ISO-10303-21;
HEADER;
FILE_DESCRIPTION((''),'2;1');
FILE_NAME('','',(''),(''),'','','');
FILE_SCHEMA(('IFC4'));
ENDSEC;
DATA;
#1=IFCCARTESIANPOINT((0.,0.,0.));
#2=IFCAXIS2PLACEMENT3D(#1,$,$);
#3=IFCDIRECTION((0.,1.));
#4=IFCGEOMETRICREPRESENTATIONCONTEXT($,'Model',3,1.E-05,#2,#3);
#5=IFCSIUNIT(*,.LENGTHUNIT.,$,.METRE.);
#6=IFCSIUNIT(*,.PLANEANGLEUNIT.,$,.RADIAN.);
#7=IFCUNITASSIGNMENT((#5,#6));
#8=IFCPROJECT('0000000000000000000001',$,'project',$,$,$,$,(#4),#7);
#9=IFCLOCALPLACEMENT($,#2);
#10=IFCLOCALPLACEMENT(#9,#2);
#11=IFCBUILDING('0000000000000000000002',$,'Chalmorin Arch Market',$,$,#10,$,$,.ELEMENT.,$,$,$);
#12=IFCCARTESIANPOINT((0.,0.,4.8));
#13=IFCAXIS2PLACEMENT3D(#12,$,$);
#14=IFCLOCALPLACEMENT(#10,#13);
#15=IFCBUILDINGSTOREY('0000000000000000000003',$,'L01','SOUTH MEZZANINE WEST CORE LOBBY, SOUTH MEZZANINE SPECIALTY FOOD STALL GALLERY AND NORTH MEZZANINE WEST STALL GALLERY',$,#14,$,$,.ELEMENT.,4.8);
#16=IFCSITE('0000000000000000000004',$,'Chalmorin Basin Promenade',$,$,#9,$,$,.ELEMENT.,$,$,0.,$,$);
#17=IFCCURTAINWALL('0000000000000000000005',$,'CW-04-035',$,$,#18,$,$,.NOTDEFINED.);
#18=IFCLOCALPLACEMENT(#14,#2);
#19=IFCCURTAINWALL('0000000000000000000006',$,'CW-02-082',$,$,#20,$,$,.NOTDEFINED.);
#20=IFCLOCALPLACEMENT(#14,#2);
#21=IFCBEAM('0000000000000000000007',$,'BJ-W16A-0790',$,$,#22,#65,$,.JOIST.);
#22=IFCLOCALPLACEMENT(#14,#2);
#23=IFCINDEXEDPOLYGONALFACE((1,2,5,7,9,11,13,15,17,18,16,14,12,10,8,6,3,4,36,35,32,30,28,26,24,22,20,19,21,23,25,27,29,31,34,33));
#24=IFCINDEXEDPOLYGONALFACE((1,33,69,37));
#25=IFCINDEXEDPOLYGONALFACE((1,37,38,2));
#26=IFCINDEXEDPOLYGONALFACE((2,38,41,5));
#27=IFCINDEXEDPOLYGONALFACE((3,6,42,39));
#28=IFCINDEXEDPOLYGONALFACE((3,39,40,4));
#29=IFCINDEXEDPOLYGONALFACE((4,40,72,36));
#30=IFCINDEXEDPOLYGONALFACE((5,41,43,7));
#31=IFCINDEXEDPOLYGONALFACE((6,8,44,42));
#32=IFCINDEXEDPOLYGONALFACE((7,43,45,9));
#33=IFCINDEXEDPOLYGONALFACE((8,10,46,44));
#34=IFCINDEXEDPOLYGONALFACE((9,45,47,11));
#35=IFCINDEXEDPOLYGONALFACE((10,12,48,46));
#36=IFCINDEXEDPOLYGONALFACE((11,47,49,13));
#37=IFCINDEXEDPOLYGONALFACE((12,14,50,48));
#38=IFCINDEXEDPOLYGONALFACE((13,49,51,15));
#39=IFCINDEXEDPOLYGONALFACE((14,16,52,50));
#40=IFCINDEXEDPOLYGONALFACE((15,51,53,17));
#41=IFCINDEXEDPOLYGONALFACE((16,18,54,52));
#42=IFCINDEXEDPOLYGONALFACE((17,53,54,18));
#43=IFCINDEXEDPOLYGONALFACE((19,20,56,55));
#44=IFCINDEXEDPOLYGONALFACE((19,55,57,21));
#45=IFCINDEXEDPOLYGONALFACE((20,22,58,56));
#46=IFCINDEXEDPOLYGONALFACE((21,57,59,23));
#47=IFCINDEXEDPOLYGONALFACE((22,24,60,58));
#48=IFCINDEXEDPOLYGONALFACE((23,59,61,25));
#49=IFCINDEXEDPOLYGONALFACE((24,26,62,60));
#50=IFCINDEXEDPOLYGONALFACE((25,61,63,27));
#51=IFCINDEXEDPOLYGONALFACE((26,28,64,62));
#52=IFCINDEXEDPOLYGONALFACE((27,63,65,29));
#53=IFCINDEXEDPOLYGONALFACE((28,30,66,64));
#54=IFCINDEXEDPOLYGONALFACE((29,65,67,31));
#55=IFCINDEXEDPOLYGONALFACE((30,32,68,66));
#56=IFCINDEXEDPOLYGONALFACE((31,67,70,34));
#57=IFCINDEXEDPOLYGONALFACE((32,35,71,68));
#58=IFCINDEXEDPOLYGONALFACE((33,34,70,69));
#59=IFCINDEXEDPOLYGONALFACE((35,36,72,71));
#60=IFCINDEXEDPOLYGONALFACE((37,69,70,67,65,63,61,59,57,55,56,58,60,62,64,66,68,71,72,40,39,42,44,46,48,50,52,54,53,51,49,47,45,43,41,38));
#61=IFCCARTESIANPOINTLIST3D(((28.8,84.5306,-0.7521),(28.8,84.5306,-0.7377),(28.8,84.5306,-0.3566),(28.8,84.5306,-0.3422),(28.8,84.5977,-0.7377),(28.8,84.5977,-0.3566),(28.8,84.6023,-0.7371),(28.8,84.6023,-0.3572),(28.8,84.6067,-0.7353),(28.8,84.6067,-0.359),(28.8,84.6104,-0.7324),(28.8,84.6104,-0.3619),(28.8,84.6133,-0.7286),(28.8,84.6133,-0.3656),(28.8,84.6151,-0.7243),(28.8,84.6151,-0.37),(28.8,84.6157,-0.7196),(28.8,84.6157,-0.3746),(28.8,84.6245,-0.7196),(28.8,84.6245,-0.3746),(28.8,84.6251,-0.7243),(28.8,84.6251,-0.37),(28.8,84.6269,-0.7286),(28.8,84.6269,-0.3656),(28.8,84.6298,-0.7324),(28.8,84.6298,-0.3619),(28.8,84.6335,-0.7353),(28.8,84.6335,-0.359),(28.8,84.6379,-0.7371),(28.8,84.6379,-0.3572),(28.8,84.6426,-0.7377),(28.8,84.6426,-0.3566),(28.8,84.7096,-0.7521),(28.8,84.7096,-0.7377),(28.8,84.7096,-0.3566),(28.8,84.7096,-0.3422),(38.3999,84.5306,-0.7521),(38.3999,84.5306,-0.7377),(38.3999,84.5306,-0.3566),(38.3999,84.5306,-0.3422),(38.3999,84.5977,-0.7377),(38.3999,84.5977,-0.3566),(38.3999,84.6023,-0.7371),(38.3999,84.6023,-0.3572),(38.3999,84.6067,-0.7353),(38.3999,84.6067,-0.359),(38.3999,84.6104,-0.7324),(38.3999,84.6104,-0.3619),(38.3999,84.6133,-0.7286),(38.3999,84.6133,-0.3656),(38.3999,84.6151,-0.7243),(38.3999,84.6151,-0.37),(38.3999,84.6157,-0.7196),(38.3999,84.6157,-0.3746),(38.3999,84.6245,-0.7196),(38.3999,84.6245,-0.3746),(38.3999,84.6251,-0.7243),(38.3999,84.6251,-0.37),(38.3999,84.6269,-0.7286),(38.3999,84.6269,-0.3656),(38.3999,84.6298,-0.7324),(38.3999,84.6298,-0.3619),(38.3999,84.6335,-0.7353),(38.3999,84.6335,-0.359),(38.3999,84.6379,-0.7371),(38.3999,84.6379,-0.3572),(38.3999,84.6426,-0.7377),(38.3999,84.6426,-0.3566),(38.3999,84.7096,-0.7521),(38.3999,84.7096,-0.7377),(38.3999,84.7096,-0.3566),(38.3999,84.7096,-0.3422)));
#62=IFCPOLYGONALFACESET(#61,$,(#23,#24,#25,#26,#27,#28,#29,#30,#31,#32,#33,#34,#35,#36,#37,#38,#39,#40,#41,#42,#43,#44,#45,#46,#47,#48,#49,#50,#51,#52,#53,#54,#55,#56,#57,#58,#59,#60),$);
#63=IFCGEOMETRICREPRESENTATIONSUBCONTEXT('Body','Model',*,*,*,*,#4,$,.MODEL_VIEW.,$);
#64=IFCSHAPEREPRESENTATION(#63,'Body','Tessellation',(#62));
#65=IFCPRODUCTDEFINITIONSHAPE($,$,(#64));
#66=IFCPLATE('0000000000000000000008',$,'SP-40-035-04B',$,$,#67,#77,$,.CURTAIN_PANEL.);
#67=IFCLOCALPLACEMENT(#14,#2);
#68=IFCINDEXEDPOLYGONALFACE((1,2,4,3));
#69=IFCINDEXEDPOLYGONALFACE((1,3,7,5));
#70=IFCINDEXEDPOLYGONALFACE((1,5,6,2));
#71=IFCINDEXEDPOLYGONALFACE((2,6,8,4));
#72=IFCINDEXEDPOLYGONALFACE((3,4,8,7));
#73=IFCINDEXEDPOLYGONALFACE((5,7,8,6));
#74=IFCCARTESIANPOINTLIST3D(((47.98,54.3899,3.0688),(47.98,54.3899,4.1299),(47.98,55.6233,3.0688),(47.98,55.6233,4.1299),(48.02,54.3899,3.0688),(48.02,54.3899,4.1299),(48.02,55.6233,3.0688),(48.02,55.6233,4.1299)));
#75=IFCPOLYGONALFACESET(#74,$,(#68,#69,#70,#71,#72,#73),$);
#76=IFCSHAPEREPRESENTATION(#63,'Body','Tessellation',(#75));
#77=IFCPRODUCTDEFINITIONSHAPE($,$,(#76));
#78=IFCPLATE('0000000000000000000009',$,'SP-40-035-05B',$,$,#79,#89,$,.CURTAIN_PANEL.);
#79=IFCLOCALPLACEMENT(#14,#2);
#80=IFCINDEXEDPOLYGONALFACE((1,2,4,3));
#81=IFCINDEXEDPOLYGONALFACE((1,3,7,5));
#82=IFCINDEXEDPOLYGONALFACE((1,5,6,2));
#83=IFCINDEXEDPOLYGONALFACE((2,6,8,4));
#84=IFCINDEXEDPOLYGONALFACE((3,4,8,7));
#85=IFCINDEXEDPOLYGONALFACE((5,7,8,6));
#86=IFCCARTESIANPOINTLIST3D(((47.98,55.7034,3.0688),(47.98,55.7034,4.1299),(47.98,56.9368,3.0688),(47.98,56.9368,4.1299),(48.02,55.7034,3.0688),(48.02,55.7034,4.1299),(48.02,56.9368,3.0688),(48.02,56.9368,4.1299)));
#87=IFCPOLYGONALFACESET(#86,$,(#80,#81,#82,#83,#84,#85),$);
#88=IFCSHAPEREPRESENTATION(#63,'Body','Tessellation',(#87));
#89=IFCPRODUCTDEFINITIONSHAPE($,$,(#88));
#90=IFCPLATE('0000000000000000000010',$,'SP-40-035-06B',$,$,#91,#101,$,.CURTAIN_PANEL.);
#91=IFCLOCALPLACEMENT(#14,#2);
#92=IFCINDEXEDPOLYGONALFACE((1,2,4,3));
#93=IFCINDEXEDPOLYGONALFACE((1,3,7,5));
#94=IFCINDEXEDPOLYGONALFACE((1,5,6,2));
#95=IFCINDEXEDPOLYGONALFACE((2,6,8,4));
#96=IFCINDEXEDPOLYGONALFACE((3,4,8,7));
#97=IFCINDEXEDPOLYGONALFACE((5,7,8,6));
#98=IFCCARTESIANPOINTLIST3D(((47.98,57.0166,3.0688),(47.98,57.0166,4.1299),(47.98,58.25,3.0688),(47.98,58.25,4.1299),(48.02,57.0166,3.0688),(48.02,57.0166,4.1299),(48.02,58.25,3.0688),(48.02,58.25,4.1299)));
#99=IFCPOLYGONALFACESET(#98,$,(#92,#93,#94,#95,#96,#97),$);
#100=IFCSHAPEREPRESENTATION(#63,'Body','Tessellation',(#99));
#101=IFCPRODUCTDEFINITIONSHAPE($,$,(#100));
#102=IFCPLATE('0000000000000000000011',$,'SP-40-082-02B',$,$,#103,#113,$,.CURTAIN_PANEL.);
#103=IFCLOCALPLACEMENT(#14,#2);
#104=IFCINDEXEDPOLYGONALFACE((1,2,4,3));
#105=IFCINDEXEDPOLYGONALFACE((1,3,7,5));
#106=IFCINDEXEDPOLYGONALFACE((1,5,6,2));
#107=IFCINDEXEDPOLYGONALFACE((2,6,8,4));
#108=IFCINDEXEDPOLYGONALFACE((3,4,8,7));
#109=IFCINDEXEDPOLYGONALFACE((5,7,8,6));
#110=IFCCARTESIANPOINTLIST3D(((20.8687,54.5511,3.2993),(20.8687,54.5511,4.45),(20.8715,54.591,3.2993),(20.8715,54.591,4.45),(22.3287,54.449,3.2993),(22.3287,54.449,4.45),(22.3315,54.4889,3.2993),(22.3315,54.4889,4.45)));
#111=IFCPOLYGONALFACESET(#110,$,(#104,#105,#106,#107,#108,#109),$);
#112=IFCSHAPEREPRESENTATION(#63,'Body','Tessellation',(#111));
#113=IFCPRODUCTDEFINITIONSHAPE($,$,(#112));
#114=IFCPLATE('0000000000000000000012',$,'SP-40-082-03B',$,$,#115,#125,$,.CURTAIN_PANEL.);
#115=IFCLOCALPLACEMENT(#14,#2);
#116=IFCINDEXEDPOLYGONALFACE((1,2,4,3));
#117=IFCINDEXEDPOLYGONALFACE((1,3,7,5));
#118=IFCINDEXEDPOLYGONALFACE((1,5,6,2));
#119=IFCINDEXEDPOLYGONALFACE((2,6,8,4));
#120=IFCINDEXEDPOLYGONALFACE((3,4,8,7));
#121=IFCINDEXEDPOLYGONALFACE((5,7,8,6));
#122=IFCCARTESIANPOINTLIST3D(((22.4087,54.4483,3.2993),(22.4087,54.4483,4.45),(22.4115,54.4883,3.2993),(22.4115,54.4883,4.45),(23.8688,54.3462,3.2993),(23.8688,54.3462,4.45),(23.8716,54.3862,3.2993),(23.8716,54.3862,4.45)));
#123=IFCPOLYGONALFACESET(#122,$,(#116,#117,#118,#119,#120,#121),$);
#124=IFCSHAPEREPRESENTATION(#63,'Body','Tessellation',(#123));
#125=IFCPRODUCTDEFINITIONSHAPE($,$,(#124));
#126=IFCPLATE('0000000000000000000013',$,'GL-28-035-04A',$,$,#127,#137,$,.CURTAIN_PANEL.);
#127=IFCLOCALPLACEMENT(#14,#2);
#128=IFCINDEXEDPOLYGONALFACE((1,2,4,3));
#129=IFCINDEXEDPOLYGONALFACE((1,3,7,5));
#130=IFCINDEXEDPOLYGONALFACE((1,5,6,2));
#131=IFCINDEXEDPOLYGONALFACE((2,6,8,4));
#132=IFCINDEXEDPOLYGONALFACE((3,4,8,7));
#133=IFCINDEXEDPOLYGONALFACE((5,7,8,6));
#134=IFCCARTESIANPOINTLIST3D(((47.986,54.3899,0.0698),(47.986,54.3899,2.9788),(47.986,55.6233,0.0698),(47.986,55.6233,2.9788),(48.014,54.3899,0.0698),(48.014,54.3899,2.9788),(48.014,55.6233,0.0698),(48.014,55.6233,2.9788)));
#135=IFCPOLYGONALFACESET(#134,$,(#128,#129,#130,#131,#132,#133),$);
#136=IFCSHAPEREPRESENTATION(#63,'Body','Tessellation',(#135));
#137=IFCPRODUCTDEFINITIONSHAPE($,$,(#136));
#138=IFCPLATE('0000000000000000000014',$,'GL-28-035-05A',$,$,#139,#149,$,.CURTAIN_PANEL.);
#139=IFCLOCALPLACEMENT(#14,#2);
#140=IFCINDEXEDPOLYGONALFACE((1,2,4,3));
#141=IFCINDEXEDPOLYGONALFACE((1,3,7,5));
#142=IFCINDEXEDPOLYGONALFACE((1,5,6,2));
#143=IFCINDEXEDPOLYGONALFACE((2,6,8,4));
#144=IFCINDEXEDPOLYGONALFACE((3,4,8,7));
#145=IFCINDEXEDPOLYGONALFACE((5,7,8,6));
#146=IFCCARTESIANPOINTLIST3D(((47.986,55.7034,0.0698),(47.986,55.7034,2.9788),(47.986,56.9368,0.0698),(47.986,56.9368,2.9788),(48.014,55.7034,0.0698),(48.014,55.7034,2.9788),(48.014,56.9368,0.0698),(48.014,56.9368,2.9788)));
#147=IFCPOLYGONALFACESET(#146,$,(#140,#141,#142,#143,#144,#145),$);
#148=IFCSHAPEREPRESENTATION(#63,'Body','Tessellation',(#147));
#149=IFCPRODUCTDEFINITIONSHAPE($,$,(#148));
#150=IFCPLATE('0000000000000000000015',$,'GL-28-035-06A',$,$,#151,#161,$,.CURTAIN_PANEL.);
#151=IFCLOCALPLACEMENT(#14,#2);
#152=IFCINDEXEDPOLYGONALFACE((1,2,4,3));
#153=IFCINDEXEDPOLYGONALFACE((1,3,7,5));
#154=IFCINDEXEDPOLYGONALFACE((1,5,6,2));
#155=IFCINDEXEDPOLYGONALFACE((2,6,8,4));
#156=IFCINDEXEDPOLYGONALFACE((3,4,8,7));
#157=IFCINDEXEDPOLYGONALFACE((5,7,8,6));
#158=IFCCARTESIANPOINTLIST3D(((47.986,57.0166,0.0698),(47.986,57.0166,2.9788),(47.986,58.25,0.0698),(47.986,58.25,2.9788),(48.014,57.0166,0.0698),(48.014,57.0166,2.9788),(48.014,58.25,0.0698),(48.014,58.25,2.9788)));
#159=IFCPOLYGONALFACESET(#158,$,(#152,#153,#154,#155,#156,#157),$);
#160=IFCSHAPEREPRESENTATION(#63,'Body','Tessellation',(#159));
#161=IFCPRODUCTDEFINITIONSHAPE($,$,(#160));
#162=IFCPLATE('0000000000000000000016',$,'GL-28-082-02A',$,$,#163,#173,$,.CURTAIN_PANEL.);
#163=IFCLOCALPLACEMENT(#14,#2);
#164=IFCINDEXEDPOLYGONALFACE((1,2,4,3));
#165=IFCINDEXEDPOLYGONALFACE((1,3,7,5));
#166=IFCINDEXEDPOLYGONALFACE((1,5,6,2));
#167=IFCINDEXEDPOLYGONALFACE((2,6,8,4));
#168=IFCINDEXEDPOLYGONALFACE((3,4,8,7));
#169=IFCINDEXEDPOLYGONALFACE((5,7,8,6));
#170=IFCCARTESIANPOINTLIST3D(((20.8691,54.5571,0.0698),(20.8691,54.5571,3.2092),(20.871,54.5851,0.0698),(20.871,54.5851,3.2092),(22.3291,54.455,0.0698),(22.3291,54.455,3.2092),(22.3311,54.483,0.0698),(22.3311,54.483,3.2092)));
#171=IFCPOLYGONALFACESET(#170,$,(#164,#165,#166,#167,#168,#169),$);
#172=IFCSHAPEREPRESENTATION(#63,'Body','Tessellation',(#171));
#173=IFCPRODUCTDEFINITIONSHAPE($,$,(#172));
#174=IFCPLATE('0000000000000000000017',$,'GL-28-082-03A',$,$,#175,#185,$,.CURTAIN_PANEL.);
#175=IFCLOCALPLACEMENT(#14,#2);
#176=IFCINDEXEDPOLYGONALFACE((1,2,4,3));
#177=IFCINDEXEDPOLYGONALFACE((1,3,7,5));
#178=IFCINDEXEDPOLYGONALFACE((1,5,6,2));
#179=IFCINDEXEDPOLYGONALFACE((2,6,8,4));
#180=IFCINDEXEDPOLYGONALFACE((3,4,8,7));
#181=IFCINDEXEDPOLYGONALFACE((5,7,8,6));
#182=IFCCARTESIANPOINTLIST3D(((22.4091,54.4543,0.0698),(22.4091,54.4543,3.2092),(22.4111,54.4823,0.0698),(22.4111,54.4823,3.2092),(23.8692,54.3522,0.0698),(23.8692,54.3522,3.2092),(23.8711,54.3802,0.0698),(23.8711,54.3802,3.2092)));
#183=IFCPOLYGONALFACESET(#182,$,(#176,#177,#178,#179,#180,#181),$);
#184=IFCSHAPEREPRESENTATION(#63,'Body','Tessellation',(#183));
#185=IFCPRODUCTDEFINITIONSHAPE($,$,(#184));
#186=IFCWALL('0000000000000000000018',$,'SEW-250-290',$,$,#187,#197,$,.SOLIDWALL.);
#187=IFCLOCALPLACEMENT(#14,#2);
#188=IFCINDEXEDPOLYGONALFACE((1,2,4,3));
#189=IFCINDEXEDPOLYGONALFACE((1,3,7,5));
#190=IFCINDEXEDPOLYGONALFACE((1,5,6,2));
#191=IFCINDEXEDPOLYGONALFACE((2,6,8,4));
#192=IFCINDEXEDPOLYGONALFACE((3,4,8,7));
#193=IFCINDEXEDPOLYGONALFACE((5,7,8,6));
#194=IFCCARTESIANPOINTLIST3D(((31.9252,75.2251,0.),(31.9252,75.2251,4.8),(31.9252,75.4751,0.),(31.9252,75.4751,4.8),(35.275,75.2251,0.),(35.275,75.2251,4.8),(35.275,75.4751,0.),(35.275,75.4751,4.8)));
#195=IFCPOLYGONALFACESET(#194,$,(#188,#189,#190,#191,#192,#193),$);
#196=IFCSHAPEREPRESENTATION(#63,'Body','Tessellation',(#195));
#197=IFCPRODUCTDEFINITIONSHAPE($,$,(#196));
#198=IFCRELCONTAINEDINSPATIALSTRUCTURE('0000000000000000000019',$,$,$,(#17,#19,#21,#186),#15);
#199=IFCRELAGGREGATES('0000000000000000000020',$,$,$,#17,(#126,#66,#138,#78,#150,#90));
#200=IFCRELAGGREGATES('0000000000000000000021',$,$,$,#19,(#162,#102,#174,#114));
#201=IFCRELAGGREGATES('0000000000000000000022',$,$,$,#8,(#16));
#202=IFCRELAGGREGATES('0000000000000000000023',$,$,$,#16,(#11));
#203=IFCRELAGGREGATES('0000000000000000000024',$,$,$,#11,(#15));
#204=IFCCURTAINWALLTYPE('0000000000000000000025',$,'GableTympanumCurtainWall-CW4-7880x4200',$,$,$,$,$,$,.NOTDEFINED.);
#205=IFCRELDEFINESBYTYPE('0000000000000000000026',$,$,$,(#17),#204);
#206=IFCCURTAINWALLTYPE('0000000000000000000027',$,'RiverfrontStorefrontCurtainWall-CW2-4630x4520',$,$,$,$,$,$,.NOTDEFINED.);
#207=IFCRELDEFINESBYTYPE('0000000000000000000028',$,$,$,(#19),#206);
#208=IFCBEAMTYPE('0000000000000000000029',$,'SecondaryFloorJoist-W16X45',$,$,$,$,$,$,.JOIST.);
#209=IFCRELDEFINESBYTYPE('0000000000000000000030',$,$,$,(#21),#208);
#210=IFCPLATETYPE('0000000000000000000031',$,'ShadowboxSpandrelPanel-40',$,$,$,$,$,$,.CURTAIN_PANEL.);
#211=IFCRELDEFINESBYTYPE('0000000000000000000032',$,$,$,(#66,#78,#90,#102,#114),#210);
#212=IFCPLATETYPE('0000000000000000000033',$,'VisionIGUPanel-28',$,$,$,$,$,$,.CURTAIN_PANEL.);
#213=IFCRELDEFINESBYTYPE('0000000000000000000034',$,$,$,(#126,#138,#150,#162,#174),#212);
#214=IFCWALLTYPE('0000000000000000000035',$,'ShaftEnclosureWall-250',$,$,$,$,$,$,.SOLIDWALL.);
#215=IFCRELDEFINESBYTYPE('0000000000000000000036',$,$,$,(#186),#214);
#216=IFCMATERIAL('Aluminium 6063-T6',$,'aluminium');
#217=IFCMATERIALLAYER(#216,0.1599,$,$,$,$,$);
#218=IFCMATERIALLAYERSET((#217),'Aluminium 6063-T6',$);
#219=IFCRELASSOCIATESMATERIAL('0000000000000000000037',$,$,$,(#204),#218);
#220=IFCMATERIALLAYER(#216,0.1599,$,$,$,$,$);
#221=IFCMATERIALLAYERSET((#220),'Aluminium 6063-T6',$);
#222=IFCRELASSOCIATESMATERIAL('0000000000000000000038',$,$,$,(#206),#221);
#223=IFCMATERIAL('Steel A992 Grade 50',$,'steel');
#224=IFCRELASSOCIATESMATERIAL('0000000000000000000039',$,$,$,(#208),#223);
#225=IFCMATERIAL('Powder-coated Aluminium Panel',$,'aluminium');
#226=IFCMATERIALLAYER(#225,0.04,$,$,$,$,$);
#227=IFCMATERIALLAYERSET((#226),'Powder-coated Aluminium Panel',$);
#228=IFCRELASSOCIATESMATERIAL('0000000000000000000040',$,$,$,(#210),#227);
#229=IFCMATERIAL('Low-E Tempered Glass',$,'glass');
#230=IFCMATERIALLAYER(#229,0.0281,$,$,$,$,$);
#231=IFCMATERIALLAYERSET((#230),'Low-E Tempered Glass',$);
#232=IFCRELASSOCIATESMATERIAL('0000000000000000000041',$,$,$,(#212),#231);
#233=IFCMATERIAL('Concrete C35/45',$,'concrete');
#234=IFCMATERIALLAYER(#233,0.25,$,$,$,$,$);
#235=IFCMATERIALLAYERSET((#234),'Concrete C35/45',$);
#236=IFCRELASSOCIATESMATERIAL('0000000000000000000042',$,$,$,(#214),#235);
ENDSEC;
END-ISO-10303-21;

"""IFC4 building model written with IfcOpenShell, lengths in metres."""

from ifc_helpers import new_model, si_unit, direction, frame, frame_2d, origin, origin_2d, place, context, subcontext, project, spatial, rectangle, i_section, extrude, material, layer, layer_set, material_profile, profile_set, type_object, element, aggregate, save


model = new_model("IFC4")

# Units and contexts
model_context = context("Model", 3, precision=1e-05, world=origin(), true_north=direction((0.0, 1.0)))
body_context = subcontext(model_context, "Body", "Model", "MODEL_VIEW")
ifc_project = project(units=[si_unit("LENGTHUNIT", "METRE"), si_unit("PLANEANGLEUNIT", "RADIAN")], contexts=[model_context])

# Site, building, storey
site_placement = place(None, origin())
site = spatial("IfcSite", under=ifc_project, at=site_placement, Name="Chalmorin Basin Promenade", CompositionType="ELEMENT", RefElevation=0.0)
building_placement = place(site_placement, origin())
building = spatial("IfcBuilding", under=site, at=building_placement, Name="Chalmorin Arch Market", CompositionType="ELEMENT")
storey_placement = place(building_placement, frame((0.0, 0.0, 4.8)))
storey = spatial("IfcBuildingStorey", under=building, at=storey_placement, Name="L01", Description="SOUTH MEZZANINE WEST CORE LOBBY, SOUTH MEZZANINE SPECIALTY FOOD STALL GALLERY AND NORTH MEZZANINE WEST STALL GALLERY", CompositionType="ELEMENT", Elevation=4.8)

# Curtain walls
ifc_material_1 = material(Name="Aluminium 6063-T6", Category="aluminium")
ifc_layer_1 = layer(ifc_material_1, 0.1599)
ifc_layer_set_1 = layer_set([ifc_layer_1], Name="Aluminium 6063-T6")
curtain_wall_type_1 = type_object("IfcCurtainWallType", Name="GableTympanumCurtainWall-CW4-7880x4200", PredefinedType="NOTDEFINED", material=ifc_layer_set_1)
curtain_wall_1_placement = place(storey_placement, origin())
curtain_wall_1 = element("IfcCurtainWall", 1, at=curtain_wall_1_placement, inside=storey, type_object=curtain_wall_type_1, Name="CW-04-035", PredefinedType="NOTDEFINED")
ifc_layer_2 = layer(ifc_material_1, 0.1599)
ifc_layer_set_2 = layer_set([ifc_layer_2], Name="Aluminium 6063-T6")
curtain_wall_type_2 = type_object("IfcCurtainWallType", Name="RiverfrontStorefrontCurtainWall-CW2-4630x4520", PredefinedType="NOTDEFINED", material=ifc_layer_set_2)
curtain_wall_2_placement = place(storey_placement, origin())
curtain_wall_2 = element("IfcCurtainWall", 2, at=curtain_wall_2_placement, inside=storey, type_object=curtain_wall_type_2, Name="CW-02-082", PredefinedType="NOTDEFINED")

# Beam
ifc_material_2 = material(Name="Steel A992 Grade 50", Category="steel")
ifc_material_profile_1 = material_profile(ifc_material_2, i_section(OverallWidth=0.179, OverallDepth=0.4099, WebThickness=0.0088, FlangeThickness=0.0144, FilletRadius=0.0181, at=origin_2d()), Name="W16X45")
ifc_profile_set_1 = profile_set([ifc_material_profile_1], Name="Steel A992 Grade 50")
beam_type_1 = type_object("IfcBeamType", Name="SecondaryFloorJoist-W16X45", PredefinedType="JOIST", material=ifc_profile_set_1)
for number, where, z_axis, x_axis, name in (
    (3, (28.8, 84.6201, -0.5471), (1.0, 0.0, 0.0), (0.0, 1.0, 0.0), "BJ-W16A-0790"),
):
    element("IfcBeam", number, at=place(storey_placement, frame(where, z_axis=z_axis, x_axis=x_axis)), inside=storey, type_object=beam_type_1, Name=name, PredefinedType="JOIST", context=body_context, shape_type="SweptSolid", body=[
        extrude(i_section(OverallWidth=0.179, OverallDepth=0.4099, WebThickness=0.0088, FlangeThickness=0.0144, FilletRadius=0.0181, at=origin_2d()), origin(), (0.0, 0.0, 1.0), 9.5999),
    ])

# Plates
ifc_material_3 = material(Name="Powder-coated Aluminium Panel", Category="aluminium")
ifc_layer_3 = layer(ifc_material_3, 0.04)
ifc_layer_set_3 = layer_set([ifc_layer_3], Name="Powder-coated Aluminium Panel")
plate_type_1 = type_object("IfcPlateType", Name="ShadowboxSpandrelPanel-40", PredefinedType="CURTAIN_PANEL", material=ifc_layer_set_3)
plate_1_placement = place(storey_placement, frame((48.0, 55.0066, 3.0688), z_axis=(0.0, 0.0, 1.0), x_axis=(0.0, 1.0, 0.0)))
plate_1 = element("IfcPlate", 4, at=plate_1_placement, type_object=plate_type_1, Name="SP-40-035-04B", PredefinedType="CURTAIN_PANEL", context=body_context, shape_type="SweptSolid", body=[
    extrude(rectangle(XDim=1.2334, YDim=0.04, at=origin_2d()), origin(), (0.0, 0.0, 1.0), 1.061),
])
plate_2_placement = place(storey_placement, frame((48.0, 56.3201, 3.0688), z_axis=(0.0, 0.0, 1.0), x_axis=(0.0, 1.0, 0.0)))
plate_2 = element("IfcPlate", 5, at=plate_2_placement, type_object=plate_type_1, Name="SP-40-035-05B", PredefinedType="CURTAIN_PANEL", context=body_context, shape_type="SweptSolid", body=[
    extrude(rectangle(XDim=1.2334, YDim=0.04, at=origin_2d()), origin(), (0.0, 0.0, 1.0), 1.061),
])
plate_3_placement = place(storey_placement, frame((48.0, 57.6333, 3.0688), z_axis=(0.0, 0.0, 1.0), x_axis=(0.0, 1.0, 0.0)))
plate_3 = element("IfcPlate", 6, at=plate_3_placement, type_object=plate_type_1, Name="SP-40-035-06B", PredefinedType="CURTAIN_PANEL", context=body_context, shape_type="SweptSolid", body=[
    extrude(rectangle(XDim=1.2334, YDim=0.04, at=origin_2d()), origin(), (0.0, 0.0, 1.0), 1.061),
])
plate_4_placement = place(storey_placement, frame((21.6001, 54.52, 3.2993), z_axis=(0.0, 0.0, 1.0), x_axis=(0.997564, -0.069756, 0.0)))
plate_4 = element("IfcPlate", 7, at=plate_4_placement, type_object=plate_type_1, Name="SP-40-082-02B", PredefinedType="CURTAIN_PANEL", context=body_context, shape_type="SweptSolid", body=[
    extrude(rectangle(XDim=1.4636, YDim=0.04, at=origin_2d()), origin(), (0.0, 0.0, 1.0), 1.1506),
])
plate_5_placement = place(storey_placement, frame((23.1401, 54.4172, 3.2993), z_axis=(0.0, 0.0, 1.0), x_axis=(0.997564, -0.069756, 0.0)))
plate_5 = element("IfcPlate", 8, at=plate_5_placement, type_object=plate_type_1, Name="SP-40-082-03B", PredefinedType="CURTAIN_PANEL", context=body_context, shape_type="SweptSolid", body=[
    extrude(rectangle(XDim=1.4636, YDim=0.04, at=origin_2d()), origin(), (0.0, 0.0, 1.0), 1.1506),
])
ifc_material_4 = material(Name="Low-E Tempered Glass", Category="glass")
ifc_layer_4 = layer(ifc_material_4, 0.0281)
ifc_layer_set_4 = layer_set([ifc_layer_4], Name="Low-E Tempered Glass")
plate_type_2 = type_object("IfcPlateType", Name="VisionIGUPanel-28", PredefinedType="CURTAIN_PANEL", material=ifc_layer_set_4)
plate_6_placement = place(storey_placement, frame((48.0, 55.0066, 0.0698), z_axis=(0.0, 0.0, 1.0), x_axis=(0.0, 1.0, 0.0)))
plate_6 = element("IfcPlate", 9, at=plate_6_placement, type_object=plate_type_2, Name="GL-28-035-04A", PredefinedType="CURTAIN_PANEL", context=body_context, shape_type="SweptSolid", body=[
    extrude(rectangle(XDim=1.2334, YDim=0.0281, at=origin_2d()), origin(), (0.0, 0.0, 1.0), 2.9089),
])
plate_7_placement = place(storey_placement, frame((48.0, 56.3201, 0.0698), z_axis=(0.0, 0.0, 1.0), x_axis=(0.0, 1.0, 0.0)))
plate_7 = element("IfcPlate", 10, at=plate_7_placement, type_object=plate_type_2, Name="GL-28-035-05A", PredefinedType="CURTAIN_PANEL", context=body_context, shape_type="SweptSolid", body=[
    extrude(rectangle(XDim=1.2334, YDim=0.0281, at=origin_2d()), origin(), (0.0, 0.0, 1.0), 2.9089),
])
plate_8_placement = place(storey_placement, frame((48.0, 57.6333, 0.0698), z_axis=(0.0, 0.0, 1.0), x_axis=(0.0, 1.0, 0.0)))
plate_8 = element("IfcPlate", 11, at=plate_8_placement, type_object=plate_type_2, Name="GL-28-035-06A", PredefinedType="CURTAIN_PANEL", context=body_context, shape_type="SweptSolid", body=[
    extrude(rectangle(XDim=1.2334, YDim=0.0281, at=origin_2d()), origin(), (0.0, 0.0, 1.0), 2.9089),
])
aggregate(curtain_wall_1, [plate_6, plate_1, plate_7, plate_2, plate_8, plate_3])
plate_9_placement = place(storey_placement, frame((21.6001, 54.52, 0.0698), z_axis=(0.0, 0.0, 1.0), x_axis=(0.997564, -0.069756, 0.0)))
plate_9 = element("IfcPlate", 12, at=plate_9_placement, type_object=plate_type_2, Name="GL-28-082-02A", PredefinedType="CURTAIN_PANEL", context=body_context, shape_type="SweptSolid", body=[
    extrude(rectangle(XDim=1.4636, YDim=0.0281, at=origin_2d()), origin(), (0.0, 0.0, 1.0), 3.1394),
])
plate_10_placement = place(storey_placement, frame((23.1401, 54.4172, 0.0698), z_axis=(0.0, 0.0, 1.0), x_axis=(0.997564, -0.069756, 0.0)))
plate_10 = element("IfcPlate", 13, at=plate_10_placement, type_object=plate_type_2, Name="GL-28-082-03A", PredefinedType="CURTAIN_PANEL", context=body_context, shape_type="SweptSolid", body=[
    extrude(rectangle(XDim=1.4636, YDim=0.0281, at=origin_2d()), origin(), (0.0, 0.0, 1.0), 3.1394),
])
aggregate(curtain_wall_2, [plate_9, plate_4, plate_10, plate_5])

# Wall
ifc_material_5 = material(Name="Concrete C35/45", Category="concrete")
ifc_layer_5 = layer(ifc_material_5, 0.25)
ifc_layer_set_5 = layer_set([ifc_layer_5], Name="Concrete C35/45")
wall_type = type_object("IfcWallType", Name="ShaftEnclosureWall-250", PredefinedType="SOLIDWALL", material=ifc_layer_set_5)
for number, where, z_axis, x_axis, name in (
    (14, (35.2749, 75.3501, 0.0), (0.0, 0.0, 1.0), (-1.0, 0.0, 0.0), "SEW-250-290"),
):
    element("IfcWall", number, at=place(storey_placement, frame(where, z_axis=z_axis, x_axis=x_axis)), inside=storey, type_object=wall_type, Name=name, PredefinedType="SOLIDWALL", context=body_context, shape_type="SweptSolid", body=[
        extrude(rectangle(XDim=3.3499, YDim=0.25, at=frame_2d((1.6748, 0.0))), origin(), (0.0, 0.0, 1.0), 4.8),
    ])

save(model, "model.ifc")
